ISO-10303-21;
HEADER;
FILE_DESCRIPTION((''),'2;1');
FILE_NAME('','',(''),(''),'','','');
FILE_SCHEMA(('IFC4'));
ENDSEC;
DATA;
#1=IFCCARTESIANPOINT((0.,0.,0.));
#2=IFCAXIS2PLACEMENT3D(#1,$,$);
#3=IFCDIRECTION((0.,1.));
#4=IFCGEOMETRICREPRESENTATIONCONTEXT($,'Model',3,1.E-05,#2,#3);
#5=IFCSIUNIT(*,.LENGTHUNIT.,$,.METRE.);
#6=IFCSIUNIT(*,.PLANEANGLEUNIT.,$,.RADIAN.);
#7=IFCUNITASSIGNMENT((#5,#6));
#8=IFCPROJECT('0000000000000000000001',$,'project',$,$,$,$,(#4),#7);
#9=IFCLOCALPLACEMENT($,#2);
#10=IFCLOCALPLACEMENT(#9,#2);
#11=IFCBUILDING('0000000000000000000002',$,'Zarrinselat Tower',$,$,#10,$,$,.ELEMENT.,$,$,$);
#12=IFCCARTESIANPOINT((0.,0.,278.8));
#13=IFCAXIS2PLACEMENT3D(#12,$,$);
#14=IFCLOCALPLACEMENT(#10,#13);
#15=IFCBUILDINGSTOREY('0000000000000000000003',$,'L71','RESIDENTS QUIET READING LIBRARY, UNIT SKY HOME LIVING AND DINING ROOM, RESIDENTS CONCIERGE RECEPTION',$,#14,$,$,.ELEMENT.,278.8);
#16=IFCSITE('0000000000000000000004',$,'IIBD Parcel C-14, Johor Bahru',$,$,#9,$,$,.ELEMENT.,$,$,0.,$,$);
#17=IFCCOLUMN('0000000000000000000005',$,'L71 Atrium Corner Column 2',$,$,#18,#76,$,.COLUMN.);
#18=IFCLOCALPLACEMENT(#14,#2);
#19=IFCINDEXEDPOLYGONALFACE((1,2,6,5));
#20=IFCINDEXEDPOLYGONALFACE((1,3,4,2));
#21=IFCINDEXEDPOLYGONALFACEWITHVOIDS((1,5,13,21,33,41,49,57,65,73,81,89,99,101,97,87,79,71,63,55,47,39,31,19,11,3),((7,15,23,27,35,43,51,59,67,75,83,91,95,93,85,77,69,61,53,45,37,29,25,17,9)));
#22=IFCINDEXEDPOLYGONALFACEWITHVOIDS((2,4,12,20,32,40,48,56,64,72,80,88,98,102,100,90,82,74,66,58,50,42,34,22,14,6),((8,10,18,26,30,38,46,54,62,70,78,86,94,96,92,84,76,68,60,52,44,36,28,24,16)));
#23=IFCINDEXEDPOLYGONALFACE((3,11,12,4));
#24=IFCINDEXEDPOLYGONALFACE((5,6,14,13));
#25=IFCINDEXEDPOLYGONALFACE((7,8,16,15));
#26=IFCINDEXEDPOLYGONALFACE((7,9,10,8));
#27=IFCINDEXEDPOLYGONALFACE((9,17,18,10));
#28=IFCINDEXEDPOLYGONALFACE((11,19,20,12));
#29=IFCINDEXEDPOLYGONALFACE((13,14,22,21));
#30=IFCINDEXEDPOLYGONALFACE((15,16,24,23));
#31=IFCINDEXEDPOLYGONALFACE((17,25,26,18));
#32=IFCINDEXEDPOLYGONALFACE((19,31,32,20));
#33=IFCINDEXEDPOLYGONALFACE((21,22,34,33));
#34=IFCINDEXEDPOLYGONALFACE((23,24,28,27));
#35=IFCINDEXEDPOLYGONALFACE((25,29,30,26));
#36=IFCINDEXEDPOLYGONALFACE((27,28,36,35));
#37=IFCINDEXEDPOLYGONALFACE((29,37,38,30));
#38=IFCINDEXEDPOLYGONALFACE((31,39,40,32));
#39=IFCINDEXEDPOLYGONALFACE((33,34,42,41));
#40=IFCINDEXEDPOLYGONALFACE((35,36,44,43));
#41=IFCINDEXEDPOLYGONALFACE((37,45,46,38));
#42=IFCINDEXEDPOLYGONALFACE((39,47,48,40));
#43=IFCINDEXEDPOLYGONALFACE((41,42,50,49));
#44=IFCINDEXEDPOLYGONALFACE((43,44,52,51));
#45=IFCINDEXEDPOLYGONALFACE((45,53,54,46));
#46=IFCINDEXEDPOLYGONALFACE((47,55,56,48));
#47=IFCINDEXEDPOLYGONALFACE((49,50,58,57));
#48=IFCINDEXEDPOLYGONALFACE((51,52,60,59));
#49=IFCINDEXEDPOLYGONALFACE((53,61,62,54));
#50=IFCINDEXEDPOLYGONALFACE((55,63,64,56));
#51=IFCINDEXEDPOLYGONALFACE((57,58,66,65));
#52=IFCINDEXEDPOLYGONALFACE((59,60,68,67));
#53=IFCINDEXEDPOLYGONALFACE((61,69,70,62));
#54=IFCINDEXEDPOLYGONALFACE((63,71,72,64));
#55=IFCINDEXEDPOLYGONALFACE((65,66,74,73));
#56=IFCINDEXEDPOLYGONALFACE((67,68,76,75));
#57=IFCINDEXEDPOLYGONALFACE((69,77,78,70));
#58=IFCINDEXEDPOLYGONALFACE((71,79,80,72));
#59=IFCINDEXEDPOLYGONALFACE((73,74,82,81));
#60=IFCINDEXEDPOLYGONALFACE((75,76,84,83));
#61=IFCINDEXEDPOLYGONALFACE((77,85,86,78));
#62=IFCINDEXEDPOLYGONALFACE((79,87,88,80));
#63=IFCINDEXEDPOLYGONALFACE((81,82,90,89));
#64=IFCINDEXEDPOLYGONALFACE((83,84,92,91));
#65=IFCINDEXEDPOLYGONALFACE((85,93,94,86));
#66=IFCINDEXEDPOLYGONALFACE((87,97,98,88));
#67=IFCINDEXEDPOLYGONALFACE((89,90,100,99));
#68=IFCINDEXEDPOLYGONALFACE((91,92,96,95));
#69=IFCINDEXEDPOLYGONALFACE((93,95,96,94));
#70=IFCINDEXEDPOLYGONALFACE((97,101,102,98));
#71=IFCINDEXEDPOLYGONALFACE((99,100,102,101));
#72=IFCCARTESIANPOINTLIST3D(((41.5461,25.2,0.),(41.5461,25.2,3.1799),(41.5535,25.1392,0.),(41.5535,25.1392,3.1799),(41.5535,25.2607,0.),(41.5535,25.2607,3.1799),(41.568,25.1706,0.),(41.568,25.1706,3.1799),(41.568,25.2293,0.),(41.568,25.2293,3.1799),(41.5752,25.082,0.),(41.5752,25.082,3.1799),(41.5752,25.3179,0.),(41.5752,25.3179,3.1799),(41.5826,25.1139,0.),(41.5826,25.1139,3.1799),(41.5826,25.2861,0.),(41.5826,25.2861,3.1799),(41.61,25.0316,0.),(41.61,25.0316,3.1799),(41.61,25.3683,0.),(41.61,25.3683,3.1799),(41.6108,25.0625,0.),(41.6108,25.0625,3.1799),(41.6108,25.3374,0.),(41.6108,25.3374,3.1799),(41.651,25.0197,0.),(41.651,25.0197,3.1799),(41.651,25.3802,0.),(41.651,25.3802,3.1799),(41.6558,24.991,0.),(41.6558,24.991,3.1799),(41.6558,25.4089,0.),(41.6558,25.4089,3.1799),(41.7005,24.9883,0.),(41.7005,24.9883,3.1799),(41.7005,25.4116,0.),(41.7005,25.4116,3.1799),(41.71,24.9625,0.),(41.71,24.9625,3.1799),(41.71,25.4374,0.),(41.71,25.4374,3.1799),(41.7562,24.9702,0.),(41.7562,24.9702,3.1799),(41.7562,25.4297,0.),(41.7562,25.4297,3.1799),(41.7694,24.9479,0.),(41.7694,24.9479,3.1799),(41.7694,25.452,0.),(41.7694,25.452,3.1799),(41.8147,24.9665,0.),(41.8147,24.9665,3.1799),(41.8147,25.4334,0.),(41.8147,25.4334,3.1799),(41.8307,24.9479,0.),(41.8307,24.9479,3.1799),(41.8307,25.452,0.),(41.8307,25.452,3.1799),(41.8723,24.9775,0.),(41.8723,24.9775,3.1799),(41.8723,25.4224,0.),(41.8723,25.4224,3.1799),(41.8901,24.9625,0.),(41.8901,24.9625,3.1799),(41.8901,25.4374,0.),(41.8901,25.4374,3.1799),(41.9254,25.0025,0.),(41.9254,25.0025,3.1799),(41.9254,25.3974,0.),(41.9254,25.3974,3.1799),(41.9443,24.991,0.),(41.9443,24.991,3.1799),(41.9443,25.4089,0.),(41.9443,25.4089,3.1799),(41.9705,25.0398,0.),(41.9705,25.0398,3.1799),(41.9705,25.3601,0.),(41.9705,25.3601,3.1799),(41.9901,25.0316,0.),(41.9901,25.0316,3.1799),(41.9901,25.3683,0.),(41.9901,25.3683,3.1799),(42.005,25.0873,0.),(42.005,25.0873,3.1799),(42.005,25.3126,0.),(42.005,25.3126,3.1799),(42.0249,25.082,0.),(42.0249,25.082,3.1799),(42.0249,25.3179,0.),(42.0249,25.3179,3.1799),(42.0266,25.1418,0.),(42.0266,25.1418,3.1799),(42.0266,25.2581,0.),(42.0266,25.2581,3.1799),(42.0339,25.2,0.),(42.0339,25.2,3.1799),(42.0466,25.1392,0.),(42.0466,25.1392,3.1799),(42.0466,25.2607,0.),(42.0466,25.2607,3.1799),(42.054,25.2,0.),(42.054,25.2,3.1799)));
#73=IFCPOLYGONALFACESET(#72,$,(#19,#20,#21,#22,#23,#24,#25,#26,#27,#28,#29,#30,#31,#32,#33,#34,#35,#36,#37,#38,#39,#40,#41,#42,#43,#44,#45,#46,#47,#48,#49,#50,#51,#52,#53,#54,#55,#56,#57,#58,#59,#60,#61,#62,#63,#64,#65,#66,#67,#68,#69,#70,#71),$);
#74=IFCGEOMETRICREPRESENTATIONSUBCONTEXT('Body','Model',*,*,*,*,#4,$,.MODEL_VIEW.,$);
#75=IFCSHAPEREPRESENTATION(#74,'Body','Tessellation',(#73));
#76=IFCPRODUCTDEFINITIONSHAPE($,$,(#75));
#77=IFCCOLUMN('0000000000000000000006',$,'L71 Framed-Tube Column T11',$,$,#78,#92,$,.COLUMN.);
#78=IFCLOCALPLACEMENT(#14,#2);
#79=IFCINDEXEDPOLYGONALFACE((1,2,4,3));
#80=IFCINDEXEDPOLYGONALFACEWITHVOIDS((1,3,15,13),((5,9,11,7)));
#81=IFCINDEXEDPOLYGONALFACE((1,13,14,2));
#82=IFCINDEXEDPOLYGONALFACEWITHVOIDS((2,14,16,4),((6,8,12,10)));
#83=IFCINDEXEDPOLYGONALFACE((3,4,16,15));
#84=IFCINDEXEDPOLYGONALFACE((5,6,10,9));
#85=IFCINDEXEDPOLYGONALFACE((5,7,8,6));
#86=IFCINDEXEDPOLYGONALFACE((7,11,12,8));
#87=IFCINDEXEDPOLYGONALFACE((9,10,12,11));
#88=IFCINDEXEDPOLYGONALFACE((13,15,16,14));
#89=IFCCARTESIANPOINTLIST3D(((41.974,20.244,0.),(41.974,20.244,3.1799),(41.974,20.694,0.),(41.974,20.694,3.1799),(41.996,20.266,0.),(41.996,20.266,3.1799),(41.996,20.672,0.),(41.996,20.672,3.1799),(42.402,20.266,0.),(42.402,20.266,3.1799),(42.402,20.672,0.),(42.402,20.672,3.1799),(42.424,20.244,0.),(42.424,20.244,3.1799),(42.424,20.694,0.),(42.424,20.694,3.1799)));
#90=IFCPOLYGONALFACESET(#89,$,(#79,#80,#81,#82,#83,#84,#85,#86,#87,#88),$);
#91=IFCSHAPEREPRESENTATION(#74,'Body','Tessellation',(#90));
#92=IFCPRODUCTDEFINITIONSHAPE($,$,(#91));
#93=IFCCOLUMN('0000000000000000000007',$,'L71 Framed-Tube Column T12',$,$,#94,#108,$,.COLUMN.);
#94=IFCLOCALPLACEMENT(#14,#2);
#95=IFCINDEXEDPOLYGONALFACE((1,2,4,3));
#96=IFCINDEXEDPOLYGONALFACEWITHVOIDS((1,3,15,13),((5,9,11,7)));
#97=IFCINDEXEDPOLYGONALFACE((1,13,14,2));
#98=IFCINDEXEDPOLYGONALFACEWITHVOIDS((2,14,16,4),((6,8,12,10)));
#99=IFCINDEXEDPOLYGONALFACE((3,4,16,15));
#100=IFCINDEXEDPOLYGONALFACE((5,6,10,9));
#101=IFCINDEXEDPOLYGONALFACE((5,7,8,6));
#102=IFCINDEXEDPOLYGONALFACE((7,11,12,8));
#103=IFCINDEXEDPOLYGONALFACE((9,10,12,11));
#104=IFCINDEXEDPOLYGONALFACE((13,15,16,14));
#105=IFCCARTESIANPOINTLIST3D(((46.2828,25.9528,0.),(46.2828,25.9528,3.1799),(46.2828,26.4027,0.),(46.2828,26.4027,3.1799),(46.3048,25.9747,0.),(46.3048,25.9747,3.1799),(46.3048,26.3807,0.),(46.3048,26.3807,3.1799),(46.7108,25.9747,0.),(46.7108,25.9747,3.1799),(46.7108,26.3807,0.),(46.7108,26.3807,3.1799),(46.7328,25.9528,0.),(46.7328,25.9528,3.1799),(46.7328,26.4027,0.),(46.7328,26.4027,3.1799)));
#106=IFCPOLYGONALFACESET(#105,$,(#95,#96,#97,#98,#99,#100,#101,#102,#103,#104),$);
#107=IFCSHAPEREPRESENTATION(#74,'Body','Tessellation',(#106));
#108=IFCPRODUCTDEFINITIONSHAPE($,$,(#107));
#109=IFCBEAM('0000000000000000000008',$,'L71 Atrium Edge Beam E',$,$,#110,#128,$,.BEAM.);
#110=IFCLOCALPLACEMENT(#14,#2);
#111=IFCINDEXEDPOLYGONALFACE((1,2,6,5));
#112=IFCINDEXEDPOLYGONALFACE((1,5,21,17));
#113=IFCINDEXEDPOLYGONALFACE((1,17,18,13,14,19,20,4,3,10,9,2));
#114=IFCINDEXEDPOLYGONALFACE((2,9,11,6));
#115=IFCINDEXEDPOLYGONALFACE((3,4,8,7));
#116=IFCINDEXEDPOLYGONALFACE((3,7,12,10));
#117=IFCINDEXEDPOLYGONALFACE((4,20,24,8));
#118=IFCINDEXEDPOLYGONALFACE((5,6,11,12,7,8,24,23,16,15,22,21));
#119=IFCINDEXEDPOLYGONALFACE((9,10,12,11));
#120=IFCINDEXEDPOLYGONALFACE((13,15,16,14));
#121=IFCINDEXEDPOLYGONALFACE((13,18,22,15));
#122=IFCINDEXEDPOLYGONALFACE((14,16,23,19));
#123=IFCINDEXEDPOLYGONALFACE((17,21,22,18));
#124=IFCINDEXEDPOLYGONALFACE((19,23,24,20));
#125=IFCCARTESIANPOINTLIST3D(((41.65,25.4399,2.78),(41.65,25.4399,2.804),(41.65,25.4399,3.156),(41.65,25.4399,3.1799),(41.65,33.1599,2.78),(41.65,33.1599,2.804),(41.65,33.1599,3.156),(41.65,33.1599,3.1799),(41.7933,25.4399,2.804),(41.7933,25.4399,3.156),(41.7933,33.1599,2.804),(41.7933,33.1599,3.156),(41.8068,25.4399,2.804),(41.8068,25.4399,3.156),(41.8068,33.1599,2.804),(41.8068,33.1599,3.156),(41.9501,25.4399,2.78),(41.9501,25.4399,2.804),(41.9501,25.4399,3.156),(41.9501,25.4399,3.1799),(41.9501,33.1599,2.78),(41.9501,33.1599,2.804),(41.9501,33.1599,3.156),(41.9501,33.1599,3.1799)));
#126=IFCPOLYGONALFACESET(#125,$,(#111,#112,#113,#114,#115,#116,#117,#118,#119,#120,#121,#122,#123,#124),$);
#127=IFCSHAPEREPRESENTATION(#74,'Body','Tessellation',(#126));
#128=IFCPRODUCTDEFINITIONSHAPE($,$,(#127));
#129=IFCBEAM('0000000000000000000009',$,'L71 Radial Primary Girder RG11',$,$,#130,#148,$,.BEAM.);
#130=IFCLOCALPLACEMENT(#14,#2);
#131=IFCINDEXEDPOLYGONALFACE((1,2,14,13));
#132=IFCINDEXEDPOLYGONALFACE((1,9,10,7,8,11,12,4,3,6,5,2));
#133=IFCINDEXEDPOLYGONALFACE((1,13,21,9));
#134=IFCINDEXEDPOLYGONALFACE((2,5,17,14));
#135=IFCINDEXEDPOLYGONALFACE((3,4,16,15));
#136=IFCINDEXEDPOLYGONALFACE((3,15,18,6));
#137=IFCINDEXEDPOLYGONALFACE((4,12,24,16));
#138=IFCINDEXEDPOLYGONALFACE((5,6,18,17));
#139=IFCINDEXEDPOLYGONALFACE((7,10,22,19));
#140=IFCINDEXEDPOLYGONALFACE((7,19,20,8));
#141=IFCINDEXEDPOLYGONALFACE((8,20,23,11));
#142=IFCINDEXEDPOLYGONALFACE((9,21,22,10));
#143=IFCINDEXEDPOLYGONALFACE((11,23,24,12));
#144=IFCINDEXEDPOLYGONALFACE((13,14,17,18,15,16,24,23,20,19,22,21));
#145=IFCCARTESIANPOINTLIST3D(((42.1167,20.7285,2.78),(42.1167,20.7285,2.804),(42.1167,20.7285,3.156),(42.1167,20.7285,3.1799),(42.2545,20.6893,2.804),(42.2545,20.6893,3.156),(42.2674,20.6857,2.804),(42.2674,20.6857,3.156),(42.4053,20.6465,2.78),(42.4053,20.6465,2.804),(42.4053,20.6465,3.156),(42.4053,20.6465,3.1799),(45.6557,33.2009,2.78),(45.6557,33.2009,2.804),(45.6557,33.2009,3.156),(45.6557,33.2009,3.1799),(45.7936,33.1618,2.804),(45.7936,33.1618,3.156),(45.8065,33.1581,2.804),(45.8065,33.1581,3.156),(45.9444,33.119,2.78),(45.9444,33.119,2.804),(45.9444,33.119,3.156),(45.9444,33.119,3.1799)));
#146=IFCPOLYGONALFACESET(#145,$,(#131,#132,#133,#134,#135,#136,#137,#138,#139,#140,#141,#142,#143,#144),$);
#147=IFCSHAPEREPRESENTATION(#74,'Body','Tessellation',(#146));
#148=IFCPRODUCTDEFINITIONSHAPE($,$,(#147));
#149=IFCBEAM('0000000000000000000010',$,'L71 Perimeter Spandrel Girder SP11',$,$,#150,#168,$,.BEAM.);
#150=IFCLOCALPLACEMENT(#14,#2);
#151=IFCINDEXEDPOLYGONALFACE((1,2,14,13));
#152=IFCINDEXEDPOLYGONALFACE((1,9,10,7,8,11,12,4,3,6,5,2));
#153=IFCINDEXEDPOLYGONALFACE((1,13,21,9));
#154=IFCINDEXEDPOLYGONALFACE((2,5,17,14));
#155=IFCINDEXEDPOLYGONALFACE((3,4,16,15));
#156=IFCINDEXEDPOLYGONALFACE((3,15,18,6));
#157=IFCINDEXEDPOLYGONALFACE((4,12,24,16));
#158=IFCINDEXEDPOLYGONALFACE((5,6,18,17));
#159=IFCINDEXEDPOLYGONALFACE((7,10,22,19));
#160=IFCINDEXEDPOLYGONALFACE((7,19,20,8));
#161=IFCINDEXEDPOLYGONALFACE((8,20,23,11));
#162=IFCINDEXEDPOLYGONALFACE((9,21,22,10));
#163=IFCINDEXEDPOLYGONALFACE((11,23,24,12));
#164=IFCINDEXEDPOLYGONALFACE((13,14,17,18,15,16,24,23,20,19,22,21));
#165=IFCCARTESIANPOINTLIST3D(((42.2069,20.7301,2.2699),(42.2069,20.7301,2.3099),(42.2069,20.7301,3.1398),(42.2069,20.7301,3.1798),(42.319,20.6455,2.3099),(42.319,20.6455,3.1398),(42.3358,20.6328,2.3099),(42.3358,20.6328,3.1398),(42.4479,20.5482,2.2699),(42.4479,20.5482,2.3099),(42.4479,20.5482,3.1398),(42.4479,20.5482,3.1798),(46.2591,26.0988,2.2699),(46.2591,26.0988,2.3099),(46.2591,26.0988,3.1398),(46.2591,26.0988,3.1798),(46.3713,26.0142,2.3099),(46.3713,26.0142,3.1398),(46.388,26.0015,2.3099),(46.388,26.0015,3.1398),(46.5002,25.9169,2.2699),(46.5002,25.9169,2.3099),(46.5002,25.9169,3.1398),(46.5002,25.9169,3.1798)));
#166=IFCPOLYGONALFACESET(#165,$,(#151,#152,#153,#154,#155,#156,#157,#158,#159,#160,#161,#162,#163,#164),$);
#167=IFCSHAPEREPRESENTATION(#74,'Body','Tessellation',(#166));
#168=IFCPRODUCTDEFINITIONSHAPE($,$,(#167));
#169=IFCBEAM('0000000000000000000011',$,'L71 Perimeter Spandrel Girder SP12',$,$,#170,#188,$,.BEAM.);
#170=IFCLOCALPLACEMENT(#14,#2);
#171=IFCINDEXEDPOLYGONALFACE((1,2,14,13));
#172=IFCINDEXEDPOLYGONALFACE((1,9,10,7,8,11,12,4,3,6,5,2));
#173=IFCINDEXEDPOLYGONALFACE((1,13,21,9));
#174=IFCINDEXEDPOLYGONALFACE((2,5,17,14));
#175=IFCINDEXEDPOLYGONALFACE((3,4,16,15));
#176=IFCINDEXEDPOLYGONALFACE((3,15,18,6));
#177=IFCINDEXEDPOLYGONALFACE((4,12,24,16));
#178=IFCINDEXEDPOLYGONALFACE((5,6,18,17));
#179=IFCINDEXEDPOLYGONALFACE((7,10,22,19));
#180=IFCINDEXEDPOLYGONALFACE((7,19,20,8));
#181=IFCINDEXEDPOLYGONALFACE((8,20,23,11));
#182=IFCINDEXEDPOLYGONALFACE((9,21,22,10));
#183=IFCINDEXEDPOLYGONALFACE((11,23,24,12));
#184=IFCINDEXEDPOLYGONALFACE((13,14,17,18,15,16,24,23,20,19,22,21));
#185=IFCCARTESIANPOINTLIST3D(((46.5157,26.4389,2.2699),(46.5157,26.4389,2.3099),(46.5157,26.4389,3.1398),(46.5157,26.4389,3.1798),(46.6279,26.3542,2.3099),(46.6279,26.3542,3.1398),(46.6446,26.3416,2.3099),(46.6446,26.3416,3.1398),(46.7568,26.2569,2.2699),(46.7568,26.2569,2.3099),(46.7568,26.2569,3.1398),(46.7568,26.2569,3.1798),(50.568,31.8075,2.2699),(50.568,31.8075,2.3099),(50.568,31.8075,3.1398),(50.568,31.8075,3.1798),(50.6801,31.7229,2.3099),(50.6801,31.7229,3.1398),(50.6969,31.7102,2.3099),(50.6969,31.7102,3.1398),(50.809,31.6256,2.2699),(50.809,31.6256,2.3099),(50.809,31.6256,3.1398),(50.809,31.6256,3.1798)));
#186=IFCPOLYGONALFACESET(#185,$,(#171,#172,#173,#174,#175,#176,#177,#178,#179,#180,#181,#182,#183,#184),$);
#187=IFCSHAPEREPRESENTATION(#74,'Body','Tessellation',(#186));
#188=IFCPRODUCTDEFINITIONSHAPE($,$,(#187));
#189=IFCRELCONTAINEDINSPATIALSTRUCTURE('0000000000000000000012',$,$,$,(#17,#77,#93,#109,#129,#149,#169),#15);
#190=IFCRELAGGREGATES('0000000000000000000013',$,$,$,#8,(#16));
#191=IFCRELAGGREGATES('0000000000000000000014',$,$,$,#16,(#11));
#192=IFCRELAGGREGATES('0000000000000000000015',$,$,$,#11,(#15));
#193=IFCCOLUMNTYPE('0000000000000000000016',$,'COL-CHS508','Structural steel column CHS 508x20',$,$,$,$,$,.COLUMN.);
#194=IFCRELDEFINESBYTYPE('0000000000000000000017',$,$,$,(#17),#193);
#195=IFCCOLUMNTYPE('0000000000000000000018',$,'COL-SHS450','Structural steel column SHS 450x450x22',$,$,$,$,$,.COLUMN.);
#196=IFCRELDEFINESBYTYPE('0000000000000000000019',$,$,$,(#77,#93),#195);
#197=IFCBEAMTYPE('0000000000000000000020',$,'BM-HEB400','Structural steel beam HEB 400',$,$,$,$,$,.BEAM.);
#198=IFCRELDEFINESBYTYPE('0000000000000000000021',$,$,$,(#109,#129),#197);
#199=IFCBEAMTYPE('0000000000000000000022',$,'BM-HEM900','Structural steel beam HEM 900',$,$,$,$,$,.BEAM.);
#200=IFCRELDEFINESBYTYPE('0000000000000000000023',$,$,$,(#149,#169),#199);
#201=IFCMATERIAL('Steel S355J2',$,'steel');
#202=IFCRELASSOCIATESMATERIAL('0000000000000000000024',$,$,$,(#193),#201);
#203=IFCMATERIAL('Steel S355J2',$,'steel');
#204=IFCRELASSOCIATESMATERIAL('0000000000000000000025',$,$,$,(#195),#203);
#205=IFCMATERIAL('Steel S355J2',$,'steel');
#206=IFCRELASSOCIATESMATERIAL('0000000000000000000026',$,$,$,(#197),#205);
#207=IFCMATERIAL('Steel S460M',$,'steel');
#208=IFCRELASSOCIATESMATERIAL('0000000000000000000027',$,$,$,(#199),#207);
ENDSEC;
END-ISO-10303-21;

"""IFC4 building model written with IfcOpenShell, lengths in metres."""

from ifc_helpers import new_model, si_unit, direction, frame, origin, origin_2d, place, context, subcontext, project, spatial, hollow_rectangle, hollow_circle, i_section, extrude, material, material_profile, profile_set, type_object, element, save


model = new_model("IFC4")

# Units and contexts
model_context = context("Model", 3, precision=1e-05, world=origin(), true_north=direction((0.0, 1.0)))
body_context = subcontext(model_context, "Body", "Model", "MODEL_VIEW")
ifc_project = project(units=[si_unit("LENGTHUNIT", "METRE"), si_unit("PLANEANGLEUNIT", "RADIAN")], contexts=[model_context])

# Site, building, storey
site_placement = place(None, origin())
site = spatial("IfcSite", under=ifc_project, at=site_placement, Name="IIBD Parcel C-14, Johor Bahru", CompositionType="ELEMENT", RefElevation=0.0)
building_placement = place(site_placement, origin())
building = spatial("IfcBuilding", under=site, at=building_placement, Name="Zarrinselat Tower", CompositionType="ELEMENT")
storey_placement = place(building_placement, frame((0.0, 0.0, 278.8)))
storey = spatial("IfcBuildingStorey", under=building, at=storey_placement, Name="L71", Description="RESIDENTS QUIET READING LIBRARY, UNIT SKY HOME LIVING AND DINING ROOM, RESIDENTS CONCIERGE RECEPTION", CompositionType="ELEMENT", Elevation=278.8)

# Columns
ifc_material_1 = material(Name="Steel S355J2", Category="steel")
ifc_material_profile_1 = material_profile(ifc_material_1, hollow_circle(Radius=0.2539, WallThickness=0.02, at=origin_2d()), Name="CHS 508x20")
ifc_profile_set_1 = profile_set([ifc_material_profile_1], Name="Steel S355J2")
column_type_1 = type_object("IfcColumnType", Name="COL-CHS508", Description="Structural steel column CHS 508x20", PredefinedType="COLUMN", material=ifc_profile_set_1)
column_placement = place(storey_placement, frame((41.8, 25.2, 0.0), z_axis=(0.0, 0.0, 1.0), x_axis=(1.0, 0.0, 0.0)))
element("IfcColumn", 1, at=column_placement, inside=storey, type_object=column_type_1, Name="L71 Atrium Corner Column 2", PredefinedType="COLUMN", context=body_context, shape_type="SweptSolid", body=[
    extrude(hollow_circle(Radius=0.2539, WallThickness=0.02, at=origin_2d()), origin(), (0.0, 0.0, 1.0), 3.1799),
])
ifc_material_2 = material(Name="Steel S355J2", Category="steel")
ifc_material_profile_2 = material_profile(ifc_material_2, hollow_rectangle(XDim=0.45, YDim=0.45, WallThickness=0.022, at=origin_2d()), Name="SHS 450x450x22")
ifc_profile_set_2 = profile_set([ifc_material_profile_2], Name="Steel S355J2")
column_type_2 = type_object("IfcColumnType", Name="COL-SHS450", Description="Structural steel column SHS 450x450x22", PredefinedType="COLUMN", material=ifc_profile_set_2)
for number, where, z_axis, x_axis, name in (
    (2, (42.199, 20.469, 0.0), (0.0, 0.0, 1.0), (1.0, 0.0, 0.0), "L71 Framed-Tube Column T11"),
    (3, (46.5078, 26.1777, 0.0), (0.0, 0.0, 1.0), (1.0, 0.0, 0.0), "L71 Framed-Tube Column T12"),
):
    element("IfcColumn", number, at=place(storey_placement, frame(where, z_axis=z_axis, x_axis=x_axis)), inside=storey, type_object=column_type_2, Name=name, PredefinedType="COLUMN", context=body_context, shape_type="SweptSolid", body=[
        extrude(hollow_rectangle(XDim=0.45, YDim=0.45, WallThickness=0.022, at=origin_2d()), origin(), (0.0, 0.0, 1.0), 3.1799),
    ])

# Beams
ifc_material_3 = material(Name="Steel S355J2", Category="steel")
ifc_material_profile_3 = material_profile(ifc_material_3, i_section(OverallWidth=0.3, OverallDepth=0.3999, WebThickness=0.0134, FlangeThickness=0.0239, at=origin_2d()), Name="HEB 400")
ifc_profile_set_3 = profile_set([ifc_material_profile_3], Name="Steel S355J2")
beam_type_1 = type_object("IfcBeamType", Name="BM-HEB400", Description="Structural steel beam HEB 400", PredefinedType="BEAM", material=ifc_profile_set_3)
beam_1_placement = place(storey_placement, frame((41.8, 25.4399, 2.98), z_axis=(0.0, 1.0, 0.0), x_axis=(-1.0, 0.0, 0.0)))
element("IfcBeam", 4, at=beam_1_placement, inside=storey, type_object=beam_type_1, Name="L71 Atrium Edge Beam E", PredefinedType="BEAM", context=body_context, shape_type="SweptSolid", body=[
    extrude(i_section(OverallWidth=0.3, OverallDepth=0.3999, WebThickness=0.0134, FlangeThickness=0.0239, at=origin_2d()), origin(), (0.0, 0.0, 1.0), 7.72),
])
beam_2_placement = place(storey_placement, frame((42.261, 20.6875, 2.98), z_axis=(0.272975, 0.962021, 0.0), x_axis=(-0.962021, 0.272975, 0.0)))
element("IfcBeam", 5, at=beam_2_placement, inside=storey, type_object=beam_type_1, Name="L71 Radial Primary Girder RG11", PredefinedType="BEAM", context=body_context, shape_type="SweptSolid", body=[
    extrude(i_section(OverallWidth=0.3, OverallDepth=0.3999, WebThickness=0.0134, FlangeThickness=0.0239, at=origin_2d()), origin(), (0.0, 0.0, 1.0), 12.9648),
])
ifc_material_4 = material(Name="Steel S460M", Category="steel")
ifc_material_profile_4 = material_profile(ifc_material_4, i_section(OverallWidth=0.302, OverallDepth=0.9099, WebThickness=0.021, FlangeThickness=0.04, at=origin_2d()), Name="HEM 900")
ifc_profile_set_4 = profile_set([ifc_material_profile_4], Name="Steel S460M")
beam_type_2 = type_object("IfcBeamType", Name="BM-HEM900", Description="Structural steel beam HEM 900", PredefinedType="BEAM", material=ifc_profile_set_4)
for number, where, z_axis, x_axis, name in (
    (6, (42.3274, 20.6392, 2.7249), (0.602448, 0.798158, 0.0), (-0.798158, 0.602448, 0.0), "L71 Perimeter Spandrel Girder SP11"),
    (7, (46.6362, 26.3479, 2.7249), (0.602448, 0.798158, 0.0), (-0.798158, 0.602448, 0.0), "L71 Perimeter Spandrel Girder SP12"),
):
    element("IfcBeam", number, at=place(storey_placement, frame(where, z_axis=z_axis, x_axis=x_axis)), inside=storey, type_object=beam_type_2, Name=name, PredefinedType="BEAM", context=body_context, shape_type="SweptSolid", body=[
        extrude(i_section(OverallWidth=0.302, OverallDepth=0.9099, WebThickness=0.021, FlangeThickness=0.04, at=origin_2d()), origin(), (0.0, 0.0, 1.0), 6.7263),
    ])

save(model, "model.ifc")
